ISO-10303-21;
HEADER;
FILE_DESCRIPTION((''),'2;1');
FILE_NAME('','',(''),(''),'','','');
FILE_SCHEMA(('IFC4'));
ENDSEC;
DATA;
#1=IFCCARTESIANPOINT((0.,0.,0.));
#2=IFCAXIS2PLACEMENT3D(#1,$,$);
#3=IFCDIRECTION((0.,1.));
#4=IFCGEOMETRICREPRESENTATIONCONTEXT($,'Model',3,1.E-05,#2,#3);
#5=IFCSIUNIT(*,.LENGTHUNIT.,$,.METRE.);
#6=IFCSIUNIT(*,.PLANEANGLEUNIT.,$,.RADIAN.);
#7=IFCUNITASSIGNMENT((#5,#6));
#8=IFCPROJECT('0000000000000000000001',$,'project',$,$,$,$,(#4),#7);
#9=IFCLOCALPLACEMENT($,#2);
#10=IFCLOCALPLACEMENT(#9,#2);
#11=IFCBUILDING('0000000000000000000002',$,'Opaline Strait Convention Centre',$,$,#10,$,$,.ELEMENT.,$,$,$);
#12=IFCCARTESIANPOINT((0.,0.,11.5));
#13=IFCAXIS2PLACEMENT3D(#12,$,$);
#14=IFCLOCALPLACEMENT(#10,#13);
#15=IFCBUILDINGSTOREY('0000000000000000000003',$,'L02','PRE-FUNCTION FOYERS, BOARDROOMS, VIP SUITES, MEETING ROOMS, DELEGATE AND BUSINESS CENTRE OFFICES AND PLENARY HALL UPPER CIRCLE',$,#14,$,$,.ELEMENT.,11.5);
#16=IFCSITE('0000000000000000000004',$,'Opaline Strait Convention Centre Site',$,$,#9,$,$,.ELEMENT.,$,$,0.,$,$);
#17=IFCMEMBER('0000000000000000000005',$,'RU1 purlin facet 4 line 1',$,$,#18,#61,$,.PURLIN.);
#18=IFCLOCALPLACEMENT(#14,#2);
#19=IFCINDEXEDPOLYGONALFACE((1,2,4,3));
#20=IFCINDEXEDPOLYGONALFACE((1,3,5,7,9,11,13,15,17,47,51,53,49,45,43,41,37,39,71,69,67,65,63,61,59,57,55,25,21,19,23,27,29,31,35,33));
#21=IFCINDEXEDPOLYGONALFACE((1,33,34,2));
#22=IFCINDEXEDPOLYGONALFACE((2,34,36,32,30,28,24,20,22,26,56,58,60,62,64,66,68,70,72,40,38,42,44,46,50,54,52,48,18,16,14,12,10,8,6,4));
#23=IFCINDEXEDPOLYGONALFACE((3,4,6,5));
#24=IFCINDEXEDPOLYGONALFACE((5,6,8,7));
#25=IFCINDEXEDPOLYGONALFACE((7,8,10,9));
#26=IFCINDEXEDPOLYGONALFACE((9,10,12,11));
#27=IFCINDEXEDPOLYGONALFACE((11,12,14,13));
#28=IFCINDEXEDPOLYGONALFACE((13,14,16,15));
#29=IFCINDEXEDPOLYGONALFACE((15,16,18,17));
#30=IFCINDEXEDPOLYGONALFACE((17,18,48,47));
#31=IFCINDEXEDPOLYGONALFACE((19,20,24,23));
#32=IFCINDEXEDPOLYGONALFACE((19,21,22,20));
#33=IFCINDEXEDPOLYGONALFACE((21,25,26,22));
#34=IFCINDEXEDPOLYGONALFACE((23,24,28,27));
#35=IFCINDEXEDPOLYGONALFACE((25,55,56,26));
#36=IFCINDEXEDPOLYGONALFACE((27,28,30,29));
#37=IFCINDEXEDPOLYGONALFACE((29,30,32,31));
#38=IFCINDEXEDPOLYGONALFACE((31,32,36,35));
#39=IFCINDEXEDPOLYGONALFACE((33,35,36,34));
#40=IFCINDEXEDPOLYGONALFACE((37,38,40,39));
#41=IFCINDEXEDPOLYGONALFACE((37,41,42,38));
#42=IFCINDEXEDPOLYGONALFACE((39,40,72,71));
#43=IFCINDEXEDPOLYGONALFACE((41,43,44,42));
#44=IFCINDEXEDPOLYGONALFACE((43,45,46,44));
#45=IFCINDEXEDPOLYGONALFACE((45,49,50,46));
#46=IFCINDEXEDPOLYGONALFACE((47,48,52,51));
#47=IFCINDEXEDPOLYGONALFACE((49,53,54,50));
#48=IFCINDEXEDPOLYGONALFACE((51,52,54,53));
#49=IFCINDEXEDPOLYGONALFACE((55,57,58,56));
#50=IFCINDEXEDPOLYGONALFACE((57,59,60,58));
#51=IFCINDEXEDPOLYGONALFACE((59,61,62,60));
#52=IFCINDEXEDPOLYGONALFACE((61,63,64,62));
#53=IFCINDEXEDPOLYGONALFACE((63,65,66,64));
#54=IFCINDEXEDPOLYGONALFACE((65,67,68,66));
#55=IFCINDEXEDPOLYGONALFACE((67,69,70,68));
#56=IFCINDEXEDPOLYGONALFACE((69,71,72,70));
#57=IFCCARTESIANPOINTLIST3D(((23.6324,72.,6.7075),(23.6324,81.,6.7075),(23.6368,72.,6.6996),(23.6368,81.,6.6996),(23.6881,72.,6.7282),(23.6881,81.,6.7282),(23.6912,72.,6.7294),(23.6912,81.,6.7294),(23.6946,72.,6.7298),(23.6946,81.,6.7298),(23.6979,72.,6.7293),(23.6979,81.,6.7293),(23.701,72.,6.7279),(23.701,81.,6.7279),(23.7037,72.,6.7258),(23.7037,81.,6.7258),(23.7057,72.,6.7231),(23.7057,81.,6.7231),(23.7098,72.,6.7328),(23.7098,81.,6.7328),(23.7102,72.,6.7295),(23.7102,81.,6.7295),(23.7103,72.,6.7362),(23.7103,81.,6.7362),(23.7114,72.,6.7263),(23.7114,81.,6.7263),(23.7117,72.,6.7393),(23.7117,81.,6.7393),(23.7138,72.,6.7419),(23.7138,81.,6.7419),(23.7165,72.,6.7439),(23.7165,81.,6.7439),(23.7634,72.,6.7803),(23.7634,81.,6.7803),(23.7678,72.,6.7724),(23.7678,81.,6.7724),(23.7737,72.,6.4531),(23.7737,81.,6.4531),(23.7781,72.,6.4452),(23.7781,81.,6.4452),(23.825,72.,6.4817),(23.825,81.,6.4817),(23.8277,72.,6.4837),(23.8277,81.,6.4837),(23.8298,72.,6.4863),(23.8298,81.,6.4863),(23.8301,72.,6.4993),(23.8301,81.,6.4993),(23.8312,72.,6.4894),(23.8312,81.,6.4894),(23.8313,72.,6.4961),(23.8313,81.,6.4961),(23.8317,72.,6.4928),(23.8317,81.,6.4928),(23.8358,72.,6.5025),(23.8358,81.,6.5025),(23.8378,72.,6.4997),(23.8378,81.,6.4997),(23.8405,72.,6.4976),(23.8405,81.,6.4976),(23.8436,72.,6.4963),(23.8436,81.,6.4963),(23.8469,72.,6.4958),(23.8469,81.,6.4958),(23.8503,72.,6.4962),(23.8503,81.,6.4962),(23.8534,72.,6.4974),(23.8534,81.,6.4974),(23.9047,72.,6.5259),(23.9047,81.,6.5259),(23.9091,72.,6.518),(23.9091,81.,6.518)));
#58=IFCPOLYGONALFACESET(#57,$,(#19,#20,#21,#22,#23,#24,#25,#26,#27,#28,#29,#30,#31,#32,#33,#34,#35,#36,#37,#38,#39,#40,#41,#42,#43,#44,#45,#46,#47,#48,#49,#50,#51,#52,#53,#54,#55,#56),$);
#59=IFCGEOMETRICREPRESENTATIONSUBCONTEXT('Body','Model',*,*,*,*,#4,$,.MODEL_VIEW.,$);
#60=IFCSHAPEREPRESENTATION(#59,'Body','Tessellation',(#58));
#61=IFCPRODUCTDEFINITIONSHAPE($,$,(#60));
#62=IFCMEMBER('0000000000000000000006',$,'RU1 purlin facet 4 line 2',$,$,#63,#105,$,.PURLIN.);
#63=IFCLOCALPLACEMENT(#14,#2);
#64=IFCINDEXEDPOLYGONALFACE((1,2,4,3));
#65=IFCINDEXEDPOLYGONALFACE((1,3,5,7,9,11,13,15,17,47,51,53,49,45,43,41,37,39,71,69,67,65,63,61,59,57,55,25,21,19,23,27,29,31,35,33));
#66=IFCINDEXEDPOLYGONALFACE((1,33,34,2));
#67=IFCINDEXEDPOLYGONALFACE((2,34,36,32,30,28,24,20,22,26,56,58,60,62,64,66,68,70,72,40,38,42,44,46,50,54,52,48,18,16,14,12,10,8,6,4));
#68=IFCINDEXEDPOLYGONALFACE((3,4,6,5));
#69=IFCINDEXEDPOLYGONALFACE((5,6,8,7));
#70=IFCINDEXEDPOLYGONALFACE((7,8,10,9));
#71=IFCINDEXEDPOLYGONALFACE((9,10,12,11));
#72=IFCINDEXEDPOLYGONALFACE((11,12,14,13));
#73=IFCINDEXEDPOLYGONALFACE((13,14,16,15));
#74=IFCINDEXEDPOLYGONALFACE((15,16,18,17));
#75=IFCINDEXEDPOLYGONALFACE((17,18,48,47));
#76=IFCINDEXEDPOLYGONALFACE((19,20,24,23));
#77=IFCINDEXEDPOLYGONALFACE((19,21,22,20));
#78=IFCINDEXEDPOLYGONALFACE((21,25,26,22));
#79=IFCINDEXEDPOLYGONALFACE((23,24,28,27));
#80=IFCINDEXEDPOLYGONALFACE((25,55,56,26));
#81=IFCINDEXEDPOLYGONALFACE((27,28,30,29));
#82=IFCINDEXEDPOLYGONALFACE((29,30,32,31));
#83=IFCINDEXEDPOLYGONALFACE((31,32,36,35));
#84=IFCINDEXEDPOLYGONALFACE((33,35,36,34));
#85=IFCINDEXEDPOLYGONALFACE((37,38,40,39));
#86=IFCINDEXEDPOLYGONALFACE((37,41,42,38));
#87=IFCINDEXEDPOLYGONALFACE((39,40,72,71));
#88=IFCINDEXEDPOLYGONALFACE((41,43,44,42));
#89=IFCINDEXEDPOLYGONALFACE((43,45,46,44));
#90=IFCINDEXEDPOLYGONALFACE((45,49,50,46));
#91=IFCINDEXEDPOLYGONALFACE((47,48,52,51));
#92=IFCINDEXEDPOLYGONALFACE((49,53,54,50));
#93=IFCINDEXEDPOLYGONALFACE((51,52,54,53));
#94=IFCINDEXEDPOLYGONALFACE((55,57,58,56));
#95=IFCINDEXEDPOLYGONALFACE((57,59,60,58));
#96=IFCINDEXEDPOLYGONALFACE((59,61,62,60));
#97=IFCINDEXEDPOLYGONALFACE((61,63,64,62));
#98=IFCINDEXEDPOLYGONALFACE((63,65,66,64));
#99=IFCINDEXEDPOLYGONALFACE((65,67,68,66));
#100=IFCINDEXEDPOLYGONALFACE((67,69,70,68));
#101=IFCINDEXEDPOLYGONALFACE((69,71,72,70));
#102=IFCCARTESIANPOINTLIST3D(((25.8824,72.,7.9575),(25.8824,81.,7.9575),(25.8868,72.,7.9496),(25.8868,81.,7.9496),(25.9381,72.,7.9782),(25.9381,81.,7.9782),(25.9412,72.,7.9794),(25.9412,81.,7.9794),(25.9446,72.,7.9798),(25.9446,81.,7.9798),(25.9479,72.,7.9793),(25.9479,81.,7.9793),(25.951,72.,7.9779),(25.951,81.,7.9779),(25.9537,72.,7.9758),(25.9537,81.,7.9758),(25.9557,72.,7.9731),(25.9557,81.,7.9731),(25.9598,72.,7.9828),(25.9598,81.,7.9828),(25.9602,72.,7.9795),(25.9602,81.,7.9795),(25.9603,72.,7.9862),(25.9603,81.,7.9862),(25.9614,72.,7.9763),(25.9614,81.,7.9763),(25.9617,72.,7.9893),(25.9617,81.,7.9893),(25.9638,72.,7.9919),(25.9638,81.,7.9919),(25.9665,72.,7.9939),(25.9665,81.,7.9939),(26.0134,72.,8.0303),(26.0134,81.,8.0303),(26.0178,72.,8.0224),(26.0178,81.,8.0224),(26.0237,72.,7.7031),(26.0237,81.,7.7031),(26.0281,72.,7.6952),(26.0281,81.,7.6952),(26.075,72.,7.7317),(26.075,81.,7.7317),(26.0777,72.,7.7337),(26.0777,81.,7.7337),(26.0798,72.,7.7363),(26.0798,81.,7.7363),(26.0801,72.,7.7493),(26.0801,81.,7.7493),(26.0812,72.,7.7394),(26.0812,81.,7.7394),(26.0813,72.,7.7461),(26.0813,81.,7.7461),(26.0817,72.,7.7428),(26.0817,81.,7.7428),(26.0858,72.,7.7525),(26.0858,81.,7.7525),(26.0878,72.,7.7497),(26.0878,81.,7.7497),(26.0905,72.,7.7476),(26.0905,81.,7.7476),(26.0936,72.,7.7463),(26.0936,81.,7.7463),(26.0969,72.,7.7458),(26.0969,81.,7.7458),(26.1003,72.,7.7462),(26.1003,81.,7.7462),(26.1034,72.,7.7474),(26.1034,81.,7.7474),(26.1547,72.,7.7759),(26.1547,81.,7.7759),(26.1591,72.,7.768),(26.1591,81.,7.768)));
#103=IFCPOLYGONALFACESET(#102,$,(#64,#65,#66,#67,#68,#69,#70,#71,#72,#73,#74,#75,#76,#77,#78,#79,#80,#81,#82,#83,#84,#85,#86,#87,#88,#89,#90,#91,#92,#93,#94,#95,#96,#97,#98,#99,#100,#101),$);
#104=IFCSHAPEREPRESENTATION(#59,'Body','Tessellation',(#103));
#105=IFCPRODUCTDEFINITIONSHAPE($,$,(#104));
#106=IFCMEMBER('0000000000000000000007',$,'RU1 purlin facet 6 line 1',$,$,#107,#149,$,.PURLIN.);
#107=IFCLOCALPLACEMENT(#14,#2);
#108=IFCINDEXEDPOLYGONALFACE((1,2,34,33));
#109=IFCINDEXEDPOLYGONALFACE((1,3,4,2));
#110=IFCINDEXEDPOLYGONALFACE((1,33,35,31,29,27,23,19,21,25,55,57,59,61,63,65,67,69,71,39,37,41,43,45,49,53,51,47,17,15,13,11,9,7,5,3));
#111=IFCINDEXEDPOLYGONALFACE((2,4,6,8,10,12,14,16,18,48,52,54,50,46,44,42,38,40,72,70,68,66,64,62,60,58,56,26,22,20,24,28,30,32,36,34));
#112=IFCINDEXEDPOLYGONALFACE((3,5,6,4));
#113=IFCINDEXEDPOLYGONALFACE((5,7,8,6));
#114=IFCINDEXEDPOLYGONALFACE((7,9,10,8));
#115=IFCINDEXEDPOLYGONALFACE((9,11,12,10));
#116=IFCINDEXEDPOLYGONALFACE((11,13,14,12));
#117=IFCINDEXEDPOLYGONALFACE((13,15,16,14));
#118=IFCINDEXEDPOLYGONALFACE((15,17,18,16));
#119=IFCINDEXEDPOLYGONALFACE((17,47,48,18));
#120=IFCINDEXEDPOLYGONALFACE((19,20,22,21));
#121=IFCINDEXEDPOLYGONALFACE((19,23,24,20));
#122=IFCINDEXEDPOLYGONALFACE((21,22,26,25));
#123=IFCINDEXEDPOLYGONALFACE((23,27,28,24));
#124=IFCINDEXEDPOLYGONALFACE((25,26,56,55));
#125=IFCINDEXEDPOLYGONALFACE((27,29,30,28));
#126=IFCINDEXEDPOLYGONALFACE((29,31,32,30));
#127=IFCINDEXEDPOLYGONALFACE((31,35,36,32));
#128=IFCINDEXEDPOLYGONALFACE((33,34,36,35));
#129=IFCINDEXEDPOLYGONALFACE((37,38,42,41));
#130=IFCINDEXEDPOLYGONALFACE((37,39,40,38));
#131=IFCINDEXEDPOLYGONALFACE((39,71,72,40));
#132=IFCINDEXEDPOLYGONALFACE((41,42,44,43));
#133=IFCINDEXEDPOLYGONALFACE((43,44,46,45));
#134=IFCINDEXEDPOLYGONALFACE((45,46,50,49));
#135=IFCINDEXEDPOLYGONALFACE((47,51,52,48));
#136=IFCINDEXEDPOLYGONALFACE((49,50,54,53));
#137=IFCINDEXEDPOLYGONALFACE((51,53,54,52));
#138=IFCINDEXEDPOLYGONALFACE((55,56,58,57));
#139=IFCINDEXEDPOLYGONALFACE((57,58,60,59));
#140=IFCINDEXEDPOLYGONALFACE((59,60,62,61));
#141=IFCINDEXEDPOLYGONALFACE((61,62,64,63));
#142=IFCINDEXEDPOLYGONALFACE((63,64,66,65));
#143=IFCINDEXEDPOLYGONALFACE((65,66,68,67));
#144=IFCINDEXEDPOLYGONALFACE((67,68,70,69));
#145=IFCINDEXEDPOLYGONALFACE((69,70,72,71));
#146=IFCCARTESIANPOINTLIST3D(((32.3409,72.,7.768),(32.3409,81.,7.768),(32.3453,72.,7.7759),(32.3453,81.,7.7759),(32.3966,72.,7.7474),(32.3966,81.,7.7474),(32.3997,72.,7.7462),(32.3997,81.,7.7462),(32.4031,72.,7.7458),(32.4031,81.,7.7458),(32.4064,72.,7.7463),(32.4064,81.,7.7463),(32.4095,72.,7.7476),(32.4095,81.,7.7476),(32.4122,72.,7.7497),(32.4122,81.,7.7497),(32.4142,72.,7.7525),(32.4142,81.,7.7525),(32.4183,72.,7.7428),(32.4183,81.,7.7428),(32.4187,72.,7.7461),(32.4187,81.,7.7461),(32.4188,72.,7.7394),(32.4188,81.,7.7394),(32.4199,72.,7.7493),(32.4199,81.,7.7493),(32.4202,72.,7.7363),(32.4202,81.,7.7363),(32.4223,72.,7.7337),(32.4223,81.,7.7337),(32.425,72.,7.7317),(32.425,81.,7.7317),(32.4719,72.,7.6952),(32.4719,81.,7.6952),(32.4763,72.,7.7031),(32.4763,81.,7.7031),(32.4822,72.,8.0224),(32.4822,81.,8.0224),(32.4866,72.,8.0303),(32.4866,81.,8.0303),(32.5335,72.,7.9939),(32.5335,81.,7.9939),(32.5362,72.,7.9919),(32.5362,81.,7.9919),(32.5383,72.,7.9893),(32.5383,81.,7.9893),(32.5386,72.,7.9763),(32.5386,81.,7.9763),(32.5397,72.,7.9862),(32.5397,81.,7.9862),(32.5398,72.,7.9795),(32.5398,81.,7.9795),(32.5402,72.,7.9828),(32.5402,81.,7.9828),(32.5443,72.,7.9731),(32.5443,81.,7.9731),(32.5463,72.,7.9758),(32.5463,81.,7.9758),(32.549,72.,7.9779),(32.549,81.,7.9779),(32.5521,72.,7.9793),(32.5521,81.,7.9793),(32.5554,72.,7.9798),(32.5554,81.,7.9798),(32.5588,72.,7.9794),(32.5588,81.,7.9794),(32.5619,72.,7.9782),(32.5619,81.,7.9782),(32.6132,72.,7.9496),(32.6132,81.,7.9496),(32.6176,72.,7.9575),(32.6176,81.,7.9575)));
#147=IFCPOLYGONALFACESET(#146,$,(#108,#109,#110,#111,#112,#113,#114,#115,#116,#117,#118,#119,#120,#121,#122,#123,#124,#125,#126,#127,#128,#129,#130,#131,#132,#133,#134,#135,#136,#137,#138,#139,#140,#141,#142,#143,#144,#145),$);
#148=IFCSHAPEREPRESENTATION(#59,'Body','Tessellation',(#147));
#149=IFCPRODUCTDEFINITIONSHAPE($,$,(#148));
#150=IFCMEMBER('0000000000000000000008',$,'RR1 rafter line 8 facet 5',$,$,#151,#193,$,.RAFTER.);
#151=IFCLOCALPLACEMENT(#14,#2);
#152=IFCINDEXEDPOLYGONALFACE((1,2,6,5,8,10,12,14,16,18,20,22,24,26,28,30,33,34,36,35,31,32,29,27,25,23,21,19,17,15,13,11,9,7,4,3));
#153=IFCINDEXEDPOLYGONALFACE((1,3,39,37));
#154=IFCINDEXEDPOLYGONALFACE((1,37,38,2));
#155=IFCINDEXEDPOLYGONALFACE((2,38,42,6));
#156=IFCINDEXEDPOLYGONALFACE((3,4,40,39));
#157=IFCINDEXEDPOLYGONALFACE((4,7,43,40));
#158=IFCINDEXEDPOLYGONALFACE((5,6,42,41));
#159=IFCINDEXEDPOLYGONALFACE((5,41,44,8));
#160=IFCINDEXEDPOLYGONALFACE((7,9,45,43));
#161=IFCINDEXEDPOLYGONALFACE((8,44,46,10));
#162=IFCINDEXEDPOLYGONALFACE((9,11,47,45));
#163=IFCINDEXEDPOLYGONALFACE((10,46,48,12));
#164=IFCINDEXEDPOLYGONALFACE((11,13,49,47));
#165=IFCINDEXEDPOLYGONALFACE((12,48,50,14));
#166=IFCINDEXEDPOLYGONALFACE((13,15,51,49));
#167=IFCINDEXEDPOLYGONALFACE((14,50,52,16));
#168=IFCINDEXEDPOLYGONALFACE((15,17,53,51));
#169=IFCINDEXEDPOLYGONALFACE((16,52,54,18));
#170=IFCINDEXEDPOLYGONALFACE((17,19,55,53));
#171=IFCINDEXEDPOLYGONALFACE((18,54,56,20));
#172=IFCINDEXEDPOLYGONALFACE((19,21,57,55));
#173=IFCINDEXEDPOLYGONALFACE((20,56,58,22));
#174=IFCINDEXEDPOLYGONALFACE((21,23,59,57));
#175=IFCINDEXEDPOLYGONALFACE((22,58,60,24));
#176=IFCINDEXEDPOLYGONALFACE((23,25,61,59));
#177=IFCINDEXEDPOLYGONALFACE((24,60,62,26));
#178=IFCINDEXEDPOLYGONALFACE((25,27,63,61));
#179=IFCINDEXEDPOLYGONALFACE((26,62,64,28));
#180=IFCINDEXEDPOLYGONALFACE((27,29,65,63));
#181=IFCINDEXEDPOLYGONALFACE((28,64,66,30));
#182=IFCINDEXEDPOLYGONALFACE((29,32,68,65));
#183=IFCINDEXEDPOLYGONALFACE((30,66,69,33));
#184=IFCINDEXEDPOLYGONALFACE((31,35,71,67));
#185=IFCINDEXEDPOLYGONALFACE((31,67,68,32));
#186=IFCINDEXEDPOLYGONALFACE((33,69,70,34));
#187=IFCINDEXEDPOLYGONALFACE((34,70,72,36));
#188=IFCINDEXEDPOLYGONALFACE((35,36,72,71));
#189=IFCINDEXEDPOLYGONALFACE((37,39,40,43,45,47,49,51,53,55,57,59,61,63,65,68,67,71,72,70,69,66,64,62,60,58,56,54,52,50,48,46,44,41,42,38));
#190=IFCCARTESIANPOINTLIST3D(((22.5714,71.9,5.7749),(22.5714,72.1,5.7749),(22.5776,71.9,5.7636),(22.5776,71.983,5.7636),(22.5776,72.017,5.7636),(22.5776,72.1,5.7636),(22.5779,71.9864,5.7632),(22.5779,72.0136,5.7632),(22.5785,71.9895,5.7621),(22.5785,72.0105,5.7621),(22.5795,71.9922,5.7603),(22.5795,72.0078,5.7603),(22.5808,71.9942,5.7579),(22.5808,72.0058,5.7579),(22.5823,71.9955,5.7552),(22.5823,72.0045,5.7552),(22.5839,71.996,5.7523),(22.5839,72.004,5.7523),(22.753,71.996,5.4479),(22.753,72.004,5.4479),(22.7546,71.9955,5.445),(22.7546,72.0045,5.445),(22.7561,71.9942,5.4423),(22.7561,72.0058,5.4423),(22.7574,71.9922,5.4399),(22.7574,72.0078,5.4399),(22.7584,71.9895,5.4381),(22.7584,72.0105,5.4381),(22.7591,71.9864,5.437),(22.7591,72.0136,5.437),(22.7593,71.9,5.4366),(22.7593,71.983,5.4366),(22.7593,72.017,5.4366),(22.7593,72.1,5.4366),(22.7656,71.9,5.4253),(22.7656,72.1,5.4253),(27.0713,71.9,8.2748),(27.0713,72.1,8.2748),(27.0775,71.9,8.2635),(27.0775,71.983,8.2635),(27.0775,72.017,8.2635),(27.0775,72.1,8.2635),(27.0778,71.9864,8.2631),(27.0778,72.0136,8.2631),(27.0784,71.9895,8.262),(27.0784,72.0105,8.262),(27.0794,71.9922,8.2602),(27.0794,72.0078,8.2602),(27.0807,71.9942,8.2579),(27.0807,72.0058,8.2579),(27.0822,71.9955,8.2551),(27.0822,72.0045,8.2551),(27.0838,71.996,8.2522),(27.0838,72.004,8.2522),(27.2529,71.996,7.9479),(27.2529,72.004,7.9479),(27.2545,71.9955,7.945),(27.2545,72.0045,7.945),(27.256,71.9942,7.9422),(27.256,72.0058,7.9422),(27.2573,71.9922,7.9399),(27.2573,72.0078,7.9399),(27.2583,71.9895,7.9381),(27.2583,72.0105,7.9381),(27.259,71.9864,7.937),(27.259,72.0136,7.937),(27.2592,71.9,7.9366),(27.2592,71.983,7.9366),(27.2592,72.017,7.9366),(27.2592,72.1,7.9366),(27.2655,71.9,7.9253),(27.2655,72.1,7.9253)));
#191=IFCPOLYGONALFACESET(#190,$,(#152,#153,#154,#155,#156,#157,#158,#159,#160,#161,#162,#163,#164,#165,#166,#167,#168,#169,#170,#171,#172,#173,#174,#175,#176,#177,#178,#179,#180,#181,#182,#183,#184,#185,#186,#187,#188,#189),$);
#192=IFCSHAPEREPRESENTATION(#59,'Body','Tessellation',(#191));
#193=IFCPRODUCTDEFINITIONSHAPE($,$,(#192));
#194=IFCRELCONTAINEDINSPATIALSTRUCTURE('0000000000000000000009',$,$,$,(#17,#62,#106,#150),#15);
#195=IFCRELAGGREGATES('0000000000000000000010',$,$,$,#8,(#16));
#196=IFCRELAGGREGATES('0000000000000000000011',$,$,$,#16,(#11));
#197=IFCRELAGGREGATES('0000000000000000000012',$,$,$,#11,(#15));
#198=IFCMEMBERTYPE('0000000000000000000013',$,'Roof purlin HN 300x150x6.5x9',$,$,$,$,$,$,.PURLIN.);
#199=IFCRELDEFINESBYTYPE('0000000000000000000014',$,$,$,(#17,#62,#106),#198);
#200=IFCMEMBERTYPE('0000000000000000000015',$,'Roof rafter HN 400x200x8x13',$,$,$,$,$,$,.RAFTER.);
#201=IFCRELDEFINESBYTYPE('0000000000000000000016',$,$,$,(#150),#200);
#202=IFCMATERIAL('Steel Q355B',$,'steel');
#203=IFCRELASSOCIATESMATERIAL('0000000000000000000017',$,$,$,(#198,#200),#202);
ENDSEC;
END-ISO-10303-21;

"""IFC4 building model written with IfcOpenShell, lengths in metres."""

from ifc_helpers import new_model, si_unit, direction, frame, origin, origin_2d, place, context, subcontext, project, spatial, i_section, extrude, material, material_profile, profile_set, type_object, element, save


model = new_model("IFC4")

# Units and contexts
model_context = context("Model", 3, precision=1e-05, world=origin(), true_north=direction((0.0, 1.0)))
body_context = subcontext(model_context, "Body", "Model", "MODEL_VIEW")
ifc_project = project(units=[si_unit("LENGTHUNIT", "METRE"), si_unit("PLANEANGLEUNIT", "RADIAN")], contexts=[model_context])

# Site, building, storey
site_placement = place(None, origin())
site = spatial("IfcSite", under=ifc_project, at=site_placement, Name="Opaline Strait Convention Centre Site", CompositionType="ELEMENT", RefElevation=0.0)
building_placement = place(site_placement, origin())
building = spatial("IfcBuilding", under=site, at=building_placement, Name="Opaline Strait Convention Centre", CompositionType="ELEMENT")
storey_placement = place(building_placement, frame((0.0, 0.0, 11.5)))
storey = spatial("IfcBuildingStorey", under=building, at=storey_placement, Name="L02", Description="PRE-FUNCTION FOYERS, BOARDROOMS, VIP SUITES, MEETING ROOMS, DELEGATE AND BUSINESS CENTRE OFFICES AND PLENARY HALL UPPER CIRCLE", CompositionType="ELEMENT", Elevation=11.5)

# Shared definitions
ifc_material_1 = material(Name="Steel Q355B", Category="steel")

# Members
ifc_material_profile_1 = material_profile(ifc_material_1, i_section(OverallWidth=0.1499, OverallDepth=0.3, WebThickness=0.0066, FlangeThickness=0.009, FilletRadius=0.0129, at=origin_2d()), Name="HN 300x150x6.5x9")
ifc_profile_set_1 = profile_set([ifc_material_profile_1], Name="Steel Q355B")
member_type_1 = type_object("IfcMemberType", Name="Roof purlin HN 300x150x6.5x9", PredefinedType="PURLIN", material=ifc_profile_set_1)
for number, where, z_axis, x_axis, name in (
    (1, (23.7708, 72.0, 6.6128), (0.0, 1.0, 0.0), (-0.874157, 0.0, -0.485643), "RU1 purlin facet 4 line 1"),
    (2, (26.0208, 72.0, 7.8628), (0.0, 1.0, 0.0), (-0.874157, 0.0, -0.485643), "RU1 purlin facet 4 line 2"),
    (3, (32.4792, 72.0, 7.8628), (0.0, 1.0, 0.0), (-0.874157, 0.0, 0.485643), "RU1 purlin facet 6 line 1"),
):
    element("IfcMember", number, at=place(storey_placement, frame(where, z_axis=z_axis, x_axis=x_axis)), inside=storey, type_object=member_type_1, Name=name, PredefinedType="PURLIN", context=body_context, shape_type="SweptSolid", body=[
        extrude(i_section(OverallWidth=0.1499, OverallDepth=0.3, WebThickness=0.0066, FlangeThickness=0.009, FilletRadius=0.0129, at=origin_2d()), origin(), (0.0, 0.0, 1.0), 9.0),
    ])
ifc_material_profile_2 = material_profile(ifc_material_1, i_section(OverallWidth=0.2, OverallDepth=0.3999, WebThickness=0.0081, FlangeThickness=0.0129, FilletRadius=0.0129, at=origin_2d()), Name="HN 400x200x8x13")
ifc_profile_set_2 = profile_set([ifc_material_profile_2], Name="Steel Q355B")
member_type_2 = type_object("IfcMemberType", Name="Roof rafter HN 400x200x8x13", PredefinedType="RAFTER", material=ifc_profile_set_2)
member_1_placement = place(storey_placement, frame((22.6685, 72.0, 5.6001), z_axis=(0.874157, 0.0, 0.485643), x_axis=(0.0, 1.0, 0.0)))
element("IfcMember", 4, at=member_1_placement, inside=storey, type_object=member_type_2, Name="RR1 rafter line 8 facet 5", PredefinedType="RAFTER", context=body_context, shape_type="SweptSolid", body=[
    extrude(i_section(OverallWidth=0.2, OverallDepth=0.3999, WebThickness=0.0081, FlangeThickness=0.0129, FilletRadius=0.0129, at=origin_2d()), origin(), (0.0, 0.0, 1.0), 5.1477),
])

save(model, "model.ifc")
